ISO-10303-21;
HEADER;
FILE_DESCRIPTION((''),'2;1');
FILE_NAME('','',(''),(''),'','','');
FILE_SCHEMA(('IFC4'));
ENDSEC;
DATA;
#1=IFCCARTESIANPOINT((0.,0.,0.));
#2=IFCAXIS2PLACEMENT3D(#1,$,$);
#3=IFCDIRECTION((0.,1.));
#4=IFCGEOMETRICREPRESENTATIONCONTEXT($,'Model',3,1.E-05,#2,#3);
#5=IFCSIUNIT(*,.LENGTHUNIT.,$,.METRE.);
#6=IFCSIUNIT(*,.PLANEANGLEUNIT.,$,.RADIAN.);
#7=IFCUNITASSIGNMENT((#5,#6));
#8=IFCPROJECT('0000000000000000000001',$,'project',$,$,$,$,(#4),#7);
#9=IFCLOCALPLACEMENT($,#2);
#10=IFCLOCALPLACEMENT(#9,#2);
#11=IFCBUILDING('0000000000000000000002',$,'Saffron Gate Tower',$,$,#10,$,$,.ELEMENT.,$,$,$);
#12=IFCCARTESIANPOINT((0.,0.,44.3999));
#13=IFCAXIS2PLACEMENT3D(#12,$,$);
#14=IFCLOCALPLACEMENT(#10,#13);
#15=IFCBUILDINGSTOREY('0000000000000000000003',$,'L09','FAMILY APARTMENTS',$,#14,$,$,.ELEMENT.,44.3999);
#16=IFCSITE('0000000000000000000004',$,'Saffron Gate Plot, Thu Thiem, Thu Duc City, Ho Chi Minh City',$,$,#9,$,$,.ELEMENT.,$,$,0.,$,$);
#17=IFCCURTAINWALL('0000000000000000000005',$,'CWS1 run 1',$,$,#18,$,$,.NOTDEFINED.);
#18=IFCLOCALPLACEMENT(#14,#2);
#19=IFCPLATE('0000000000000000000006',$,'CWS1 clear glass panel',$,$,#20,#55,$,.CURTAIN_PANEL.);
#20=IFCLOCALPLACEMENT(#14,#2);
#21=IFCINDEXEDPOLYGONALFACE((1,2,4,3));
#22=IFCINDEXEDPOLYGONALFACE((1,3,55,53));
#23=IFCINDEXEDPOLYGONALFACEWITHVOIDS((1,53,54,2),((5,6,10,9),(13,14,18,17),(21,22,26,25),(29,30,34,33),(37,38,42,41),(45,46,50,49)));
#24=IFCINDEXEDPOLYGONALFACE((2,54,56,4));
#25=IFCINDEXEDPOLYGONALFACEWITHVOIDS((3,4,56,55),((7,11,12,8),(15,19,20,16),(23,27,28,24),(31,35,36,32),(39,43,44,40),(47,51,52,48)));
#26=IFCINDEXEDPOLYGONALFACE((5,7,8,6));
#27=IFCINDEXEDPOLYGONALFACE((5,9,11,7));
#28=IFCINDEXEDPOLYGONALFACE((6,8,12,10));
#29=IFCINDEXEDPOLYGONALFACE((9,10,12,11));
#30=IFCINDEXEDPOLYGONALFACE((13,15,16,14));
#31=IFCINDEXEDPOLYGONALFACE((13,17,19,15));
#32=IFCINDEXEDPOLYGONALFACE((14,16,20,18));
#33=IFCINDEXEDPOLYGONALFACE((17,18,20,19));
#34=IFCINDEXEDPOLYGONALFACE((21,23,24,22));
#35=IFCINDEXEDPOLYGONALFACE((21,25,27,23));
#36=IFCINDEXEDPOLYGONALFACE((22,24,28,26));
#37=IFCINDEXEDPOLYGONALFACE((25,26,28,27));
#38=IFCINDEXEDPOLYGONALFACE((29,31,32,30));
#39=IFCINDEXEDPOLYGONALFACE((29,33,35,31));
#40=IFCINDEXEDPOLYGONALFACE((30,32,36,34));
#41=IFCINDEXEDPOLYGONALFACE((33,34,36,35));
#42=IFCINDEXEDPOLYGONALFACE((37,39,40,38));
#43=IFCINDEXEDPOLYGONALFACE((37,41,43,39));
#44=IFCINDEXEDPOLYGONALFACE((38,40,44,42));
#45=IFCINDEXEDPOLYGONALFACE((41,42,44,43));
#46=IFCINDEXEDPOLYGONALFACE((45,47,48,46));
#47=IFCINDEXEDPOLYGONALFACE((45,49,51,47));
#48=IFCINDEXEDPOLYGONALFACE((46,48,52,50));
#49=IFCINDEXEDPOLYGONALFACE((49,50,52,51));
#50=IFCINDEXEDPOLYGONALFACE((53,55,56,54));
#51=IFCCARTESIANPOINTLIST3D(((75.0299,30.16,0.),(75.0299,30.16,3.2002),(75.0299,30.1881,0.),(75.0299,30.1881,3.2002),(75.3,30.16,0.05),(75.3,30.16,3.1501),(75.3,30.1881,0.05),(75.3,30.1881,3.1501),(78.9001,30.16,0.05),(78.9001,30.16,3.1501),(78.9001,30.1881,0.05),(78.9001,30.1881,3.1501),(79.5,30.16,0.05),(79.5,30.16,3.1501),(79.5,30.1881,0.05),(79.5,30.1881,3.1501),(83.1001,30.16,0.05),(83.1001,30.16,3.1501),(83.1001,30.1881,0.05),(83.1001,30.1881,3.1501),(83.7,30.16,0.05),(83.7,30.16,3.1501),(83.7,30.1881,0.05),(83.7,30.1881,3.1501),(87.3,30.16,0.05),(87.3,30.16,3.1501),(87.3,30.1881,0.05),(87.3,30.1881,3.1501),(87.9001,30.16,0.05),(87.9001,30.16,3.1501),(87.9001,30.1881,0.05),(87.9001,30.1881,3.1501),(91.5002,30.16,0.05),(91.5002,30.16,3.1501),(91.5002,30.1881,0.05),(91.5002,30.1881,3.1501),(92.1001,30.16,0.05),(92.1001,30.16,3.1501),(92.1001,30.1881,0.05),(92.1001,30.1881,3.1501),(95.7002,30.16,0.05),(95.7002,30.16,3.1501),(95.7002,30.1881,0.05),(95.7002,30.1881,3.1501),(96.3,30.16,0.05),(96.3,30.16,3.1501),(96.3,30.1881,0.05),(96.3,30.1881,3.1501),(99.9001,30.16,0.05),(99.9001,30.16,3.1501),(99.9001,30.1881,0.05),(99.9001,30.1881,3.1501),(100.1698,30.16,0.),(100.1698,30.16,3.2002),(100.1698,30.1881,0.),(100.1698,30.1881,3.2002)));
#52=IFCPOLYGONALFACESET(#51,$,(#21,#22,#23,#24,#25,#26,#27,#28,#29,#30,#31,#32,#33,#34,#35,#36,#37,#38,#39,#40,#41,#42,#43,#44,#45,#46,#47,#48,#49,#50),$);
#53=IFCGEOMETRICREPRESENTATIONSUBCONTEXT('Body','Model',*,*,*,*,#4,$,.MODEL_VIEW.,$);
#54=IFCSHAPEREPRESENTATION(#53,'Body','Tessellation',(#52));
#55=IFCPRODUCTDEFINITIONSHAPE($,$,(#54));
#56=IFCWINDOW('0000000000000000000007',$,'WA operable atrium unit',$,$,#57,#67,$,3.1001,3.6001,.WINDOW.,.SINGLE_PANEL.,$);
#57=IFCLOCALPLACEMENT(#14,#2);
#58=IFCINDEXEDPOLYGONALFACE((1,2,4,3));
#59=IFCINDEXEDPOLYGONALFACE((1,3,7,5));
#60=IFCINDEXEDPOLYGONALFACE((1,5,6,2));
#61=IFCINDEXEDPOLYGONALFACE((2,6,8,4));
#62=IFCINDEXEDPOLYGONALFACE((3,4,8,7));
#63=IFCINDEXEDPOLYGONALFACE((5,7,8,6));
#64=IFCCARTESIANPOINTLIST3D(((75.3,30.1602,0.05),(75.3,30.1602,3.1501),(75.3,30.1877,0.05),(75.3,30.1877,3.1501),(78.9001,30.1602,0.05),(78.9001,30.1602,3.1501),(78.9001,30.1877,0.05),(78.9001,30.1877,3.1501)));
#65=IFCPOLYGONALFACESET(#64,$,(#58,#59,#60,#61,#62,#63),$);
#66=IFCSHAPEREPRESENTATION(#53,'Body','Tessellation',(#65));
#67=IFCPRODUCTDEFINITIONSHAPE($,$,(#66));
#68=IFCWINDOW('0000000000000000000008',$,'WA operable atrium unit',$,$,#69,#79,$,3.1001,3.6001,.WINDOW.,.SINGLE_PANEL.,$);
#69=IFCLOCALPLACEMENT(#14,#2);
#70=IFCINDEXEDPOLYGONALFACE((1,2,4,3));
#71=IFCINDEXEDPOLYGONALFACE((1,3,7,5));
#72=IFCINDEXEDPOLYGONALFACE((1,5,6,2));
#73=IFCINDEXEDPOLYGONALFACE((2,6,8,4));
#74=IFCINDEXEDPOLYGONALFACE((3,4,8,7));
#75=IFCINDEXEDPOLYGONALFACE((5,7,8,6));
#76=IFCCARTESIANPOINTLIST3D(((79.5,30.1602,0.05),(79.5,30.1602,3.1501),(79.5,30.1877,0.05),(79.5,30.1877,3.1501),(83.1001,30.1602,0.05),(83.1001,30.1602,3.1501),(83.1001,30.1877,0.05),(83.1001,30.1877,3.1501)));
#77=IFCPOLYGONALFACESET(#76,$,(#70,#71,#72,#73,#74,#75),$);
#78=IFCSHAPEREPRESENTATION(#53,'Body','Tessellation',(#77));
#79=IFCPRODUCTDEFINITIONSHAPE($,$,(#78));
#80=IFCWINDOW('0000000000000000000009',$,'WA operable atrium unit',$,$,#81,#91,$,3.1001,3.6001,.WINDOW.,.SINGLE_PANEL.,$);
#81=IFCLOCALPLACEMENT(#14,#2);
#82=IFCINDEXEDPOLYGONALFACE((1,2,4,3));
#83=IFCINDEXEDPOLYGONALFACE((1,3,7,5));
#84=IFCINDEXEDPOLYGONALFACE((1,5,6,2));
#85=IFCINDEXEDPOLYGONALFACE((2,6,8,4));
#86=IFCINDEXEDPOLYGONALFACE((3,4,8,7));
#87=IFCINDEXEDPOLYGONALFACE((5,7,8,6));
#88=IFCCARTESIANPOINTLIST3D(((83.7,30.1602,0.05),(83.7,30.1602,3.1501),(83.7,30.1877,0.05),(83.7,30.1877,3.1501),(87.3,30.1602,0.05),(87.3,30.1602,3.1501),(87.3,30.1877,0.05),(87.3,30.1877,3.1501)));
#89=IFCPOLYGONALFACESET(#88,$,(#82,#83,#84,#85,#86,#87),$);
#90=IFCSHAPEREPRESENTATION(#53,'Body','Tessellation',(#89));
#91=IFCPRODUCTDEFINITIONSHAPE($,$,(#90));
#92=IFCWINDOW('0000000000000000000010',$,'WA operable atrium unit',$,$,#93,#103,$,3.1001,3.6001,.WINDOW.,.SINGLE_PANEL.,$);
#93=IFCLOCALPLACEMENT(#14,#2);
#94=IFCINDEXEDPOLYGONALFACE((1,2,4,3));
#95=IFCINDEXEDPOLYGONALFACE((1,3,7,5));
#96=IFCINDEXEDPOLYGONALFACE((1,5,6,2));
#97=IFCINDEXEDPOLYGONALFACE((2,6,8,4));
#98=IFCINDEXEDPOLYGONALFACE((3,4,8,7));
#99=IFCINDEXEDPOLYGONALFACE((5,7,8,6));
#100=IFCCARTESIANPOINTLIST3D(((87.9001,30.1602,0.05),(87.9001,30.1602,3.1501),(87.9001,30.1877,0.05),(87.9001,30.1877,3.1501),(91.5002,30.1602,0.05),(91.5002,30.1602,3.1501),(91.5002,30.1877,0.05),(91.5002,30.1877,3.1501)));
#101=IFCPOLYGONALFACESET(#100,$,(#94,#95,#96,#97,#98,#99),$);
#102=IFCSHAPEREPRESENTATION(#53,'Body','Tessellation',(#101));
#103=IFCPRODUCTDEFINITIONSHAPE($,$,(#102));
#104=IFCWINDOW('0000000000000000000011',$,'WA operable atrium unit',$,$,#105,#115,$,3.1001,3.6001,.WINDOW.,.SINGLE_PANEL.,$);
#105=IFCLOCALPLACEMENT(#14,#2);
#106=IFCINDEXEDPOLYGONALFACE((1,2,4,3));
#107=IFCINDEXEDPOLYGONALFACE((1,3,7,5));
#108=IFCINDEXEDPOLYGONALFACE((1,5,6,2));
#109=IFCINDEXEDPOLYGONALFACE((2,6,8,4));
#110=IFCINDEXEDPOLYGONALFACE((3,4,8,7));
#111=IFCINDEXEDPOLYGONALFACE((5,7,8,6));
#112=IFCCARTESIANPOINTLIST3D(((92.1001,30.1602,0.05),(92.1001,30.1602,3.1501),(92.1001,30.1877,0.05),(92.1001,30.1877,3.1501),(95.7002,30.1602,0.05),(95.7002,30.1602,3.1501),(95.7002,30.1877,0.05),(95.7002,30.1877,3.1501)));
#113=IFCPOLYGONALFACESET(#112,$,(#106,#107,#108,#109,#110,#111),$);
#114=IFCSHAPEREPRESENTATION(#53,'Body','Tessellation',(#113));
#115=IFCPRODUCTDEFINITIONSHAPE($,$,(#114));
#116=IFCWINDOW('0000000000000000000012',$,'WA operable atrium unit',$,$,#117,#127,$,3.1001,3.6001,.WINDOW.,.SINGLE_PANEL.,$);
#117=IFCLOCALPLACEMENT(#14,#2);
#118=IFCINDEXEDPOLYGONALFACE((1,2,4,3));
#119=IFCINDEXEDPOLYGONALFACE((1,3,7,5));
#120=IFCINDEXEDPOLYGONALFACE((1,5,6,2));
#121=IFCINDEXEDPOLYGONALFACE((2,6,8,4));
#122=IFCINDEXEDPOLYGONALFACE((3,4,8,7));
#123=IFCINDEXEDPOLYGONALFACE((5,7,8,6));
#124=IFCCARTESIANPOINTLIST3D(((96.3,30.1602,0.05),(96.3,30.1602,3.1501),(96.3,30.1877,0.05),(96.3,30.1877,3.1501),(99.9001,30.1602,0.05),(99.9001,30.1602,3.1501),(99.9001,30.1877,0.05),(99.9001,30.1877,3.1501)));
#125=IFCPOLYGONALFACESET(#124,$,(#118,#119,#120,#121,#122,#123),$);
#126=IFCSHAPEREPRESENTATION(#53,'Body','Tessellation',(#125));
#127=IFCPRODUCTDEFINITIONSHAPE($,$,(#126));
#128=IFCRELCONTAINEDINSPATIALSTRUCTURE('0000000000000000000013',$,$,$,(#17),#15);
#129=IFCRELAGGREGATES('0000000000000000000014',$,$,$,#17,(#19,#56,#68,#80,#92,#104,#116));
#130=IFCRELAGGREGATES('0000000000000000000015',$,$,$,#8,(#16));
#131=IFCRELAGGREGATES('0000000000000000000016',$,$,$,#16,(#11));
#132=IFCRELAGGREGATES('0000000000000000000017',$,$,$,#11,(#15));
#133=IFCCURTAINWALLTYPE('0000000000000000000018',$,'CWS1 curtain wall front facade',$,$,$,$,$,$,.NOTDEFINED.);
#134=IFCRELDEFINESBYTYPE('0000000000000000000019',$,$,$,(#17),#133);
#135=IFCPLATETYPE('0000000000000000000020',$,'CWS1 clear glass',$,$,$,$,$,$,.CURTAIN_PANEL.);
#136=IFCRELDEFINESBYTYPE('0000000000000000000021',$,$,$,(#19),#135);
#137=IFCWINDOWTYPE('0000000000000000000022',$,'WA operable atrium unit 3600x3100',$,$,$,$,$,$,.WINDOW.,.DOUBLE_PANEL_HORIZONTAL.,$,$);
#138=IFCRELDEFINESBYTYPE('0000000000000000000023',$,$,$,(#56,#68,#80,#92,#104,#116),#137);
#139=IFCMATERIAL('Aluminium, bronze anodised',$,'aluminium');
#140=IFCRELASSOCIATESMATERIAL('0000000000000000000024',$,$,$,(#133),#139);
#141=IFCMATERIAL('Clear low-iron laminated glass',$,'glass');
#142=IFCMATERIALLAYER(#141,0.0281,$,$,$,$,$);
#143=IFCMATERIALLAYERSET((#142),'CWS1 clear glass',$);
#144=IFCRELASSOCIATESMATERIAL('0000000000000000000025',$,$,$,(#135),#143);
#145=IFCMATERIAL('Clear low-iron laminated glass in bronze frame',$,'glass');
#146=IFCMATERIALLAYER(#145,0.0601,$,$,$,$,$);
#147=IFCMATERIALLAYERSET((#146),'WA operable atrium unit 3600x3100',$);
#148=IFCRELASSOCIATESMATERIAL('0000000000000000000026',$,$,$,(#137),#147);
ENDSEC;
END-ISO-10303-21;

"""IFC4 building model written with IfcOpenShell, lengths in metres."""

from ifc_helpers import new_model, si_unit, direction, frame, frame_2d, origin, place, context, subcontext, project, spatial, rectangle, extrude, material, layer, layer_set, type_object, element, fill, aggregate, save


model = new_model("IFC4")

# Units and contexts
model_context = context("Model", 3, precision=1e-05, world=origin(), true_north=direction((0.0, 1.0)))
body_context = subcontext(model_context, "Body", "Model", "MODEL_VIEW")
ifc_project = project(units=[si_unit("LENGTHUNIT", "METRE"), si_unit("PLANEANGLEUNIT", "RADIAN")], contexts=[model_context])

# Site, building, storey
site_placement = place(None, origin())
site = spatial("IfcSite", under=ifc_project, at=site_placement, Name="Saffron Gate Plot, Thu Thiem, Thu Duc City, Ho Chi Minh City", CompositionType="ELEMENT", RefElevation=0.0)
building_placement = place(site_placement, origin())
building = spatial("IfcBuilding", under=site, at=building_placement, Name="Saffron Gate Tower", CompositionType="ELEMENT")
storey_placement = place(building_placement, frame((0.0, 0.0, 44.3999)))
storey = spatial("IfcBuildingStorey", under=building, at=storey_placement, Name="L09", Description="FAMILY APARTMENTS", CompositionType="ELEMENT", Elevation=44.3999)

# Curtain wall, plate, openings, windows
ifc_material_1 = material(Name="Aluminium, bronze anodised", Category="aluminium")
curtain_wall_type = type_object("IfcCurtainWallType", Name="CWS1 curtain wall front facade", PredefinedType="NOTDEFINED", material=ifc_material_1)
curtain_wall_placement = place(storey_placement, origin())
curtain_wall = element("IfcCurtainWall", 1, at=curtain_wall_placement, inside=storey, type_object=curtain_wall_type, Name="CWS1 run 1", PredefinedType="NOTDEFINED")
ifc_material_2 = material(Name="Clear low-iron laminated glass", Category="glass")
ifc_layer_1 = layer(ifc_material_2, 0.0281)
ifc_layer_set_1 = layer_set([ifc_layer_1], Name="CWS1 clear glass")
plate_type = type_object("IfcPlateType", Name="CWS1 clear glass", PredefinedType="CURTAIN_PANEL", material=ifc_layer_set_1)
plate_placement = place(storey_placement, frame((75.03, 30.1741, 0.0), z_axis=(0.0, 0.0, 1.0), x_axis=(1.0, 0.0, 0.0)))
plate = element("IfcPlate", 2, at=plate_placement, type_object=plate_type, Name="CWS1 clear glass panel", PredefinedType="CURTAIN_PANEL", context=body_context, shape_type="SweptSolid", body=[
    extrude(rectangle(XDim=25.1399, YDim=0.0281, at=frame_2d((12.5698, 0.0))), origin(), (0.0, 0.0, 1.0), 3.2002),
])
opening_1_placement = place(plate_placement, frame((0.27, 0.0, 0.05)))
opening_1 = element("IfcOpeningElement", 3, at=opening_1_placement, cuts=plate, PredefinedType="OPENING", context=body_context, shape_type="SweptSolid", body=[
    extrude(rectangle(XDim=3.6001, YDim=3.1001, at=frame_2d((1.8, 1.55))), frame((0.0, 0.0239, 0.0), z_axis=(0.0, -1.0, 0.0), x_axis=(1.0, 0.0, 0.0)), (0.0, 0.0, 1.0), 0.0481),
])
opening_2_placement = place(plate_placement, frame((4.47, 0.0, 0.05)))
opening_2 = element("IfcOpeningElement", 4, at=opening_2_placement, cuts=plate, PredefinedType="OPENING", context=body_context, shape_type="SweptSolid", body=[
    extrude(rectangle(XDim=3.6001, YDim=3.1001, at=frame_2d((1.8, 1.55))), frame((0.0, 0.0239, 0.0), z_axis=(0.0, -1.0, 0.0), x_axis=(1.0, 0.0, 0.0)), (0.0, 0.0, 1.0), 0.0481),
])
opening_3_placement = place(plate_placement, frame((8.6699, 0.0, 0.05)))
opening_3 = element("IfcOpeningElement", 5, at=opening_3_placement, cuts=plate, PredefinedType="OPENING", context=body_context, shape_type="SweptSolid", body=[
    extrude(rectangle(XDim=3.6001, YDim=3.1001, at=frame_2d((1.8, 1.55))), frame((0.0, 0.0239, 0.0), z_axis=(0.0, -1.0, 0.0), x_axis=(1.0, 0.0, 0.0)), (0.0, 0.0, 1.0), 0.0481),
])
opening_4_placement = place(plate_placement, frame((12.8701, 0.0, 0.05)))
opening_4 = element("IfcOpeningElement", 6, at=opening_4_placement, cuts=plate, PredefinedType="OPENING", context=body_context, shape_type="SweptSolid", body=[
    extrude(rectangle(XDim=3.6001, YDim=3.1001, at=frame_2d((1.8, 1.55))), frame((0.0, 0.0239, 0.0), z_axis=(0.0, -1.0, 0.0), x_axis=(1.0, 0.0, 0.0)), (0.0, 0.0, 1.0), 0.0481),
])
opening_5_placement = place(plate_placement, frame((17.0701, 0.0, 0.05)))
opening_5 = element("IfcOpeningElement", 7, at=opening_5_placement, cuts=plate, PredefinedType="OPENING", context=body_context, shape_type="SweptSolid", body=[
    extrude(rectangle(XDim=3.6001, YDim=3.1001, at=frame_2d((1.8, 1.55))), frame((0.0, 0.0239, 0.0), z_axis=(0.0, -1.0, 0.0), x_axis=(1.0, 0.0, 0.0)), (0.0, 0.0, 1.0), 0.0481),
])
opening_6_placement = place(plate_placement, frame((21.27, 0.0, 0.05)))
opening_6 = element("IfcOpeningElement", 8, at=opening_6_placement, cuts=plate, PredefinedType="OPENING", context=body_context, shape_type="SweptSolid", body=[
    extrude(rectangle(XDim=3.6001, YDim=3.1001, at=frame_2d((1.8, 1.55))), frame((0.0, 0.0239, 0.0), z_axis=(0.0, -1.0, 0.0), x_axis=(1.0, 0.0, 0.0)), (0.0, 0.0, 1.0), 0.0481),
])
ifc_material_3 = material(Name="Clear low-iron laminated glass in bronze frame", Category="glass")
ifc_layer_2 = layer(ifc_material_3, 0.0601)
ifc_layer_set_2 = layer_set([ifc_layer_2], Name="WA operable atrium unit 3600x3100")
window_type = type_object("IfcWindowType", Name="WA operable atrium unit 3600x3100", PartitioningType="DOUBLE_PANEL_HORIZONTAL", PredefinedType="WINDOW", material=ifc_layer_set_2)
window_1_placement = place(opening_1_placement, origin())
window_1 = element("IfcWindow", 9, at=window_1_placement, type_object=window_type, Name="WA operable atrium unit", OverallHeight=3.1001, OverallWidth=3.6001, PartitioningType="SINGLE_PANEL", PredefinedType="WINDOW", context=body_context, shape_type="SweptSolid", body=[
    extrude(rectangle(XDim=3.6001, YDim=3.1001, at=frame_2d((1.8, 1.55))), frame((0.0, 0.0137, 0.0), z_axis=(0.0, -1.0, 0.0), x_axis=(1.0, 0.0, 0.0)), (0.0, 0.0, 1.0), 0.0276),
])
fill(opening_1, window_1)
window_2_placement = place(opening_2_placement, origin())
window_2 = element("IfcWindow", 10, at=window_2_placement, type_object=window_type, Name="WA operable atrium unit", OverallHeight=3.1001, OverallWidth=3.6001, PartitioningType="SINGLE_PANEL", PredefinedType="WINDOW", context=body_context, shape_type="SweptSolid", body=[
    extrude(rectangle(XDim=3.6001, YDim=3.1001, at=frame_2d((1.8, 1.55))), frame((0.0, 0.0137, 0.0), z_axis=(0.0, -1.0, 0.0), x_axis=(1.0, 0.0, 0.0)), (0.0, 0.0, 1.0), 0.0276),
])
fill(opening_2, window_2)
window_3_placement = place(opening_3_placement, origin())
window_3 = element("IfcWindow", 11, at=window_3_placement, type_object=window_type, Name="WA operable atrium unit", OverallHeight=3.1001, OverallWidth=3.6001, PartitioningType="SINGLE_PANEL", PredefinedType="WINDOW", context=body_context, shape_type="SweptSolid", body=[
    extrude(rectangle(XDim=3.6001, YDim=3.1001, at=frame_2d((1.8, 1.55))), frame((0.0, 0.0137, 0.0), z_axis=(0.0, -1.0, 0.0), x_axis=(1.0, 0.0, 0.0)), (0.0, 0.0, 1.0), 0.0276),
])
fill(opening_3, window_3)
window_4_placement = place(opening_4_placement, origin())
window_4 = element("IfcWindow", 12, at=window_4_placement, type_object=window_type, Name="WA operable atrium unit", OverallHeight=3.1001, OverallWidth=3.6001, PartitioningType="SINGLE_PANEL", PredefinedType="WINDOW", context=body_context, shape_type="SweptSolid", body=[
    extrude(rectangle(XDim=3.6001, YDim=3.1001, at=frame_2d((1.8, 1.55))), frame((0.0, 0.0137, 0.0), z_axis=(0.0, -1.0, 0.0), x_axis=(1.0, 0.0, 0.0)), (0.0, 0.0, 1.0), 0.0276),
])
fill(opening_4, window_4)
window_5_placement = place(opening_5_placement, origin())
window_5 = element("IfcWindow", 13, at=window_5_placement, type_object=window_type, Name="WA operable atrium unit", OverallHeight=3.1001, OverallWidth=3.6001, PartitioningType="SINGLE_PANEL", PredefinedType="WINDOW", context=body_context, shape_type="SweptSolid", body=[
    extrude(rectangle(XDim=3.6001, YDim=3.1001, at=frame_2d((1.8, 1.55))), frame((0.0, 0.0137, 0.0), z_axis=(0.0, -1.0, 0.0), x_axis=(1.0, 0.0, 0.0)), (0.0, 0.0, 1.0), 0.0276),
])
fill(opening_5, window_5)
window_6_placement = place(opening_6_placement, origin())
window_6 = element("IfcWindow", 14, at=window_6_placement, type_object=window_type, Name="WA operable atrium unit", OverallHeight=3.1001, OverallWidth=3.6001, PartitioningType="SINGLE_PANEL", PredefinedType="WINDOW", context=body_context, shape_type="SweptSolid", body=[
    extrude(rectangle(XDim=3.6001, YDim=3.1001, at=frame_2d((1.8, 1.55))), frame((0.0, 0.0137, 0.0), z_axis=(0.0, -1.0, 0.0), x_axis=(1.0, 0.0, 0.0)), (0.0, 0.0, 1.0), 0.0276),
])
fill(opening_6, window_6)
aggregate(curtain_wall, [plate, window_1, window_2, window_3, window_4, window_5, window_6])

save(model, "model.ifc")
